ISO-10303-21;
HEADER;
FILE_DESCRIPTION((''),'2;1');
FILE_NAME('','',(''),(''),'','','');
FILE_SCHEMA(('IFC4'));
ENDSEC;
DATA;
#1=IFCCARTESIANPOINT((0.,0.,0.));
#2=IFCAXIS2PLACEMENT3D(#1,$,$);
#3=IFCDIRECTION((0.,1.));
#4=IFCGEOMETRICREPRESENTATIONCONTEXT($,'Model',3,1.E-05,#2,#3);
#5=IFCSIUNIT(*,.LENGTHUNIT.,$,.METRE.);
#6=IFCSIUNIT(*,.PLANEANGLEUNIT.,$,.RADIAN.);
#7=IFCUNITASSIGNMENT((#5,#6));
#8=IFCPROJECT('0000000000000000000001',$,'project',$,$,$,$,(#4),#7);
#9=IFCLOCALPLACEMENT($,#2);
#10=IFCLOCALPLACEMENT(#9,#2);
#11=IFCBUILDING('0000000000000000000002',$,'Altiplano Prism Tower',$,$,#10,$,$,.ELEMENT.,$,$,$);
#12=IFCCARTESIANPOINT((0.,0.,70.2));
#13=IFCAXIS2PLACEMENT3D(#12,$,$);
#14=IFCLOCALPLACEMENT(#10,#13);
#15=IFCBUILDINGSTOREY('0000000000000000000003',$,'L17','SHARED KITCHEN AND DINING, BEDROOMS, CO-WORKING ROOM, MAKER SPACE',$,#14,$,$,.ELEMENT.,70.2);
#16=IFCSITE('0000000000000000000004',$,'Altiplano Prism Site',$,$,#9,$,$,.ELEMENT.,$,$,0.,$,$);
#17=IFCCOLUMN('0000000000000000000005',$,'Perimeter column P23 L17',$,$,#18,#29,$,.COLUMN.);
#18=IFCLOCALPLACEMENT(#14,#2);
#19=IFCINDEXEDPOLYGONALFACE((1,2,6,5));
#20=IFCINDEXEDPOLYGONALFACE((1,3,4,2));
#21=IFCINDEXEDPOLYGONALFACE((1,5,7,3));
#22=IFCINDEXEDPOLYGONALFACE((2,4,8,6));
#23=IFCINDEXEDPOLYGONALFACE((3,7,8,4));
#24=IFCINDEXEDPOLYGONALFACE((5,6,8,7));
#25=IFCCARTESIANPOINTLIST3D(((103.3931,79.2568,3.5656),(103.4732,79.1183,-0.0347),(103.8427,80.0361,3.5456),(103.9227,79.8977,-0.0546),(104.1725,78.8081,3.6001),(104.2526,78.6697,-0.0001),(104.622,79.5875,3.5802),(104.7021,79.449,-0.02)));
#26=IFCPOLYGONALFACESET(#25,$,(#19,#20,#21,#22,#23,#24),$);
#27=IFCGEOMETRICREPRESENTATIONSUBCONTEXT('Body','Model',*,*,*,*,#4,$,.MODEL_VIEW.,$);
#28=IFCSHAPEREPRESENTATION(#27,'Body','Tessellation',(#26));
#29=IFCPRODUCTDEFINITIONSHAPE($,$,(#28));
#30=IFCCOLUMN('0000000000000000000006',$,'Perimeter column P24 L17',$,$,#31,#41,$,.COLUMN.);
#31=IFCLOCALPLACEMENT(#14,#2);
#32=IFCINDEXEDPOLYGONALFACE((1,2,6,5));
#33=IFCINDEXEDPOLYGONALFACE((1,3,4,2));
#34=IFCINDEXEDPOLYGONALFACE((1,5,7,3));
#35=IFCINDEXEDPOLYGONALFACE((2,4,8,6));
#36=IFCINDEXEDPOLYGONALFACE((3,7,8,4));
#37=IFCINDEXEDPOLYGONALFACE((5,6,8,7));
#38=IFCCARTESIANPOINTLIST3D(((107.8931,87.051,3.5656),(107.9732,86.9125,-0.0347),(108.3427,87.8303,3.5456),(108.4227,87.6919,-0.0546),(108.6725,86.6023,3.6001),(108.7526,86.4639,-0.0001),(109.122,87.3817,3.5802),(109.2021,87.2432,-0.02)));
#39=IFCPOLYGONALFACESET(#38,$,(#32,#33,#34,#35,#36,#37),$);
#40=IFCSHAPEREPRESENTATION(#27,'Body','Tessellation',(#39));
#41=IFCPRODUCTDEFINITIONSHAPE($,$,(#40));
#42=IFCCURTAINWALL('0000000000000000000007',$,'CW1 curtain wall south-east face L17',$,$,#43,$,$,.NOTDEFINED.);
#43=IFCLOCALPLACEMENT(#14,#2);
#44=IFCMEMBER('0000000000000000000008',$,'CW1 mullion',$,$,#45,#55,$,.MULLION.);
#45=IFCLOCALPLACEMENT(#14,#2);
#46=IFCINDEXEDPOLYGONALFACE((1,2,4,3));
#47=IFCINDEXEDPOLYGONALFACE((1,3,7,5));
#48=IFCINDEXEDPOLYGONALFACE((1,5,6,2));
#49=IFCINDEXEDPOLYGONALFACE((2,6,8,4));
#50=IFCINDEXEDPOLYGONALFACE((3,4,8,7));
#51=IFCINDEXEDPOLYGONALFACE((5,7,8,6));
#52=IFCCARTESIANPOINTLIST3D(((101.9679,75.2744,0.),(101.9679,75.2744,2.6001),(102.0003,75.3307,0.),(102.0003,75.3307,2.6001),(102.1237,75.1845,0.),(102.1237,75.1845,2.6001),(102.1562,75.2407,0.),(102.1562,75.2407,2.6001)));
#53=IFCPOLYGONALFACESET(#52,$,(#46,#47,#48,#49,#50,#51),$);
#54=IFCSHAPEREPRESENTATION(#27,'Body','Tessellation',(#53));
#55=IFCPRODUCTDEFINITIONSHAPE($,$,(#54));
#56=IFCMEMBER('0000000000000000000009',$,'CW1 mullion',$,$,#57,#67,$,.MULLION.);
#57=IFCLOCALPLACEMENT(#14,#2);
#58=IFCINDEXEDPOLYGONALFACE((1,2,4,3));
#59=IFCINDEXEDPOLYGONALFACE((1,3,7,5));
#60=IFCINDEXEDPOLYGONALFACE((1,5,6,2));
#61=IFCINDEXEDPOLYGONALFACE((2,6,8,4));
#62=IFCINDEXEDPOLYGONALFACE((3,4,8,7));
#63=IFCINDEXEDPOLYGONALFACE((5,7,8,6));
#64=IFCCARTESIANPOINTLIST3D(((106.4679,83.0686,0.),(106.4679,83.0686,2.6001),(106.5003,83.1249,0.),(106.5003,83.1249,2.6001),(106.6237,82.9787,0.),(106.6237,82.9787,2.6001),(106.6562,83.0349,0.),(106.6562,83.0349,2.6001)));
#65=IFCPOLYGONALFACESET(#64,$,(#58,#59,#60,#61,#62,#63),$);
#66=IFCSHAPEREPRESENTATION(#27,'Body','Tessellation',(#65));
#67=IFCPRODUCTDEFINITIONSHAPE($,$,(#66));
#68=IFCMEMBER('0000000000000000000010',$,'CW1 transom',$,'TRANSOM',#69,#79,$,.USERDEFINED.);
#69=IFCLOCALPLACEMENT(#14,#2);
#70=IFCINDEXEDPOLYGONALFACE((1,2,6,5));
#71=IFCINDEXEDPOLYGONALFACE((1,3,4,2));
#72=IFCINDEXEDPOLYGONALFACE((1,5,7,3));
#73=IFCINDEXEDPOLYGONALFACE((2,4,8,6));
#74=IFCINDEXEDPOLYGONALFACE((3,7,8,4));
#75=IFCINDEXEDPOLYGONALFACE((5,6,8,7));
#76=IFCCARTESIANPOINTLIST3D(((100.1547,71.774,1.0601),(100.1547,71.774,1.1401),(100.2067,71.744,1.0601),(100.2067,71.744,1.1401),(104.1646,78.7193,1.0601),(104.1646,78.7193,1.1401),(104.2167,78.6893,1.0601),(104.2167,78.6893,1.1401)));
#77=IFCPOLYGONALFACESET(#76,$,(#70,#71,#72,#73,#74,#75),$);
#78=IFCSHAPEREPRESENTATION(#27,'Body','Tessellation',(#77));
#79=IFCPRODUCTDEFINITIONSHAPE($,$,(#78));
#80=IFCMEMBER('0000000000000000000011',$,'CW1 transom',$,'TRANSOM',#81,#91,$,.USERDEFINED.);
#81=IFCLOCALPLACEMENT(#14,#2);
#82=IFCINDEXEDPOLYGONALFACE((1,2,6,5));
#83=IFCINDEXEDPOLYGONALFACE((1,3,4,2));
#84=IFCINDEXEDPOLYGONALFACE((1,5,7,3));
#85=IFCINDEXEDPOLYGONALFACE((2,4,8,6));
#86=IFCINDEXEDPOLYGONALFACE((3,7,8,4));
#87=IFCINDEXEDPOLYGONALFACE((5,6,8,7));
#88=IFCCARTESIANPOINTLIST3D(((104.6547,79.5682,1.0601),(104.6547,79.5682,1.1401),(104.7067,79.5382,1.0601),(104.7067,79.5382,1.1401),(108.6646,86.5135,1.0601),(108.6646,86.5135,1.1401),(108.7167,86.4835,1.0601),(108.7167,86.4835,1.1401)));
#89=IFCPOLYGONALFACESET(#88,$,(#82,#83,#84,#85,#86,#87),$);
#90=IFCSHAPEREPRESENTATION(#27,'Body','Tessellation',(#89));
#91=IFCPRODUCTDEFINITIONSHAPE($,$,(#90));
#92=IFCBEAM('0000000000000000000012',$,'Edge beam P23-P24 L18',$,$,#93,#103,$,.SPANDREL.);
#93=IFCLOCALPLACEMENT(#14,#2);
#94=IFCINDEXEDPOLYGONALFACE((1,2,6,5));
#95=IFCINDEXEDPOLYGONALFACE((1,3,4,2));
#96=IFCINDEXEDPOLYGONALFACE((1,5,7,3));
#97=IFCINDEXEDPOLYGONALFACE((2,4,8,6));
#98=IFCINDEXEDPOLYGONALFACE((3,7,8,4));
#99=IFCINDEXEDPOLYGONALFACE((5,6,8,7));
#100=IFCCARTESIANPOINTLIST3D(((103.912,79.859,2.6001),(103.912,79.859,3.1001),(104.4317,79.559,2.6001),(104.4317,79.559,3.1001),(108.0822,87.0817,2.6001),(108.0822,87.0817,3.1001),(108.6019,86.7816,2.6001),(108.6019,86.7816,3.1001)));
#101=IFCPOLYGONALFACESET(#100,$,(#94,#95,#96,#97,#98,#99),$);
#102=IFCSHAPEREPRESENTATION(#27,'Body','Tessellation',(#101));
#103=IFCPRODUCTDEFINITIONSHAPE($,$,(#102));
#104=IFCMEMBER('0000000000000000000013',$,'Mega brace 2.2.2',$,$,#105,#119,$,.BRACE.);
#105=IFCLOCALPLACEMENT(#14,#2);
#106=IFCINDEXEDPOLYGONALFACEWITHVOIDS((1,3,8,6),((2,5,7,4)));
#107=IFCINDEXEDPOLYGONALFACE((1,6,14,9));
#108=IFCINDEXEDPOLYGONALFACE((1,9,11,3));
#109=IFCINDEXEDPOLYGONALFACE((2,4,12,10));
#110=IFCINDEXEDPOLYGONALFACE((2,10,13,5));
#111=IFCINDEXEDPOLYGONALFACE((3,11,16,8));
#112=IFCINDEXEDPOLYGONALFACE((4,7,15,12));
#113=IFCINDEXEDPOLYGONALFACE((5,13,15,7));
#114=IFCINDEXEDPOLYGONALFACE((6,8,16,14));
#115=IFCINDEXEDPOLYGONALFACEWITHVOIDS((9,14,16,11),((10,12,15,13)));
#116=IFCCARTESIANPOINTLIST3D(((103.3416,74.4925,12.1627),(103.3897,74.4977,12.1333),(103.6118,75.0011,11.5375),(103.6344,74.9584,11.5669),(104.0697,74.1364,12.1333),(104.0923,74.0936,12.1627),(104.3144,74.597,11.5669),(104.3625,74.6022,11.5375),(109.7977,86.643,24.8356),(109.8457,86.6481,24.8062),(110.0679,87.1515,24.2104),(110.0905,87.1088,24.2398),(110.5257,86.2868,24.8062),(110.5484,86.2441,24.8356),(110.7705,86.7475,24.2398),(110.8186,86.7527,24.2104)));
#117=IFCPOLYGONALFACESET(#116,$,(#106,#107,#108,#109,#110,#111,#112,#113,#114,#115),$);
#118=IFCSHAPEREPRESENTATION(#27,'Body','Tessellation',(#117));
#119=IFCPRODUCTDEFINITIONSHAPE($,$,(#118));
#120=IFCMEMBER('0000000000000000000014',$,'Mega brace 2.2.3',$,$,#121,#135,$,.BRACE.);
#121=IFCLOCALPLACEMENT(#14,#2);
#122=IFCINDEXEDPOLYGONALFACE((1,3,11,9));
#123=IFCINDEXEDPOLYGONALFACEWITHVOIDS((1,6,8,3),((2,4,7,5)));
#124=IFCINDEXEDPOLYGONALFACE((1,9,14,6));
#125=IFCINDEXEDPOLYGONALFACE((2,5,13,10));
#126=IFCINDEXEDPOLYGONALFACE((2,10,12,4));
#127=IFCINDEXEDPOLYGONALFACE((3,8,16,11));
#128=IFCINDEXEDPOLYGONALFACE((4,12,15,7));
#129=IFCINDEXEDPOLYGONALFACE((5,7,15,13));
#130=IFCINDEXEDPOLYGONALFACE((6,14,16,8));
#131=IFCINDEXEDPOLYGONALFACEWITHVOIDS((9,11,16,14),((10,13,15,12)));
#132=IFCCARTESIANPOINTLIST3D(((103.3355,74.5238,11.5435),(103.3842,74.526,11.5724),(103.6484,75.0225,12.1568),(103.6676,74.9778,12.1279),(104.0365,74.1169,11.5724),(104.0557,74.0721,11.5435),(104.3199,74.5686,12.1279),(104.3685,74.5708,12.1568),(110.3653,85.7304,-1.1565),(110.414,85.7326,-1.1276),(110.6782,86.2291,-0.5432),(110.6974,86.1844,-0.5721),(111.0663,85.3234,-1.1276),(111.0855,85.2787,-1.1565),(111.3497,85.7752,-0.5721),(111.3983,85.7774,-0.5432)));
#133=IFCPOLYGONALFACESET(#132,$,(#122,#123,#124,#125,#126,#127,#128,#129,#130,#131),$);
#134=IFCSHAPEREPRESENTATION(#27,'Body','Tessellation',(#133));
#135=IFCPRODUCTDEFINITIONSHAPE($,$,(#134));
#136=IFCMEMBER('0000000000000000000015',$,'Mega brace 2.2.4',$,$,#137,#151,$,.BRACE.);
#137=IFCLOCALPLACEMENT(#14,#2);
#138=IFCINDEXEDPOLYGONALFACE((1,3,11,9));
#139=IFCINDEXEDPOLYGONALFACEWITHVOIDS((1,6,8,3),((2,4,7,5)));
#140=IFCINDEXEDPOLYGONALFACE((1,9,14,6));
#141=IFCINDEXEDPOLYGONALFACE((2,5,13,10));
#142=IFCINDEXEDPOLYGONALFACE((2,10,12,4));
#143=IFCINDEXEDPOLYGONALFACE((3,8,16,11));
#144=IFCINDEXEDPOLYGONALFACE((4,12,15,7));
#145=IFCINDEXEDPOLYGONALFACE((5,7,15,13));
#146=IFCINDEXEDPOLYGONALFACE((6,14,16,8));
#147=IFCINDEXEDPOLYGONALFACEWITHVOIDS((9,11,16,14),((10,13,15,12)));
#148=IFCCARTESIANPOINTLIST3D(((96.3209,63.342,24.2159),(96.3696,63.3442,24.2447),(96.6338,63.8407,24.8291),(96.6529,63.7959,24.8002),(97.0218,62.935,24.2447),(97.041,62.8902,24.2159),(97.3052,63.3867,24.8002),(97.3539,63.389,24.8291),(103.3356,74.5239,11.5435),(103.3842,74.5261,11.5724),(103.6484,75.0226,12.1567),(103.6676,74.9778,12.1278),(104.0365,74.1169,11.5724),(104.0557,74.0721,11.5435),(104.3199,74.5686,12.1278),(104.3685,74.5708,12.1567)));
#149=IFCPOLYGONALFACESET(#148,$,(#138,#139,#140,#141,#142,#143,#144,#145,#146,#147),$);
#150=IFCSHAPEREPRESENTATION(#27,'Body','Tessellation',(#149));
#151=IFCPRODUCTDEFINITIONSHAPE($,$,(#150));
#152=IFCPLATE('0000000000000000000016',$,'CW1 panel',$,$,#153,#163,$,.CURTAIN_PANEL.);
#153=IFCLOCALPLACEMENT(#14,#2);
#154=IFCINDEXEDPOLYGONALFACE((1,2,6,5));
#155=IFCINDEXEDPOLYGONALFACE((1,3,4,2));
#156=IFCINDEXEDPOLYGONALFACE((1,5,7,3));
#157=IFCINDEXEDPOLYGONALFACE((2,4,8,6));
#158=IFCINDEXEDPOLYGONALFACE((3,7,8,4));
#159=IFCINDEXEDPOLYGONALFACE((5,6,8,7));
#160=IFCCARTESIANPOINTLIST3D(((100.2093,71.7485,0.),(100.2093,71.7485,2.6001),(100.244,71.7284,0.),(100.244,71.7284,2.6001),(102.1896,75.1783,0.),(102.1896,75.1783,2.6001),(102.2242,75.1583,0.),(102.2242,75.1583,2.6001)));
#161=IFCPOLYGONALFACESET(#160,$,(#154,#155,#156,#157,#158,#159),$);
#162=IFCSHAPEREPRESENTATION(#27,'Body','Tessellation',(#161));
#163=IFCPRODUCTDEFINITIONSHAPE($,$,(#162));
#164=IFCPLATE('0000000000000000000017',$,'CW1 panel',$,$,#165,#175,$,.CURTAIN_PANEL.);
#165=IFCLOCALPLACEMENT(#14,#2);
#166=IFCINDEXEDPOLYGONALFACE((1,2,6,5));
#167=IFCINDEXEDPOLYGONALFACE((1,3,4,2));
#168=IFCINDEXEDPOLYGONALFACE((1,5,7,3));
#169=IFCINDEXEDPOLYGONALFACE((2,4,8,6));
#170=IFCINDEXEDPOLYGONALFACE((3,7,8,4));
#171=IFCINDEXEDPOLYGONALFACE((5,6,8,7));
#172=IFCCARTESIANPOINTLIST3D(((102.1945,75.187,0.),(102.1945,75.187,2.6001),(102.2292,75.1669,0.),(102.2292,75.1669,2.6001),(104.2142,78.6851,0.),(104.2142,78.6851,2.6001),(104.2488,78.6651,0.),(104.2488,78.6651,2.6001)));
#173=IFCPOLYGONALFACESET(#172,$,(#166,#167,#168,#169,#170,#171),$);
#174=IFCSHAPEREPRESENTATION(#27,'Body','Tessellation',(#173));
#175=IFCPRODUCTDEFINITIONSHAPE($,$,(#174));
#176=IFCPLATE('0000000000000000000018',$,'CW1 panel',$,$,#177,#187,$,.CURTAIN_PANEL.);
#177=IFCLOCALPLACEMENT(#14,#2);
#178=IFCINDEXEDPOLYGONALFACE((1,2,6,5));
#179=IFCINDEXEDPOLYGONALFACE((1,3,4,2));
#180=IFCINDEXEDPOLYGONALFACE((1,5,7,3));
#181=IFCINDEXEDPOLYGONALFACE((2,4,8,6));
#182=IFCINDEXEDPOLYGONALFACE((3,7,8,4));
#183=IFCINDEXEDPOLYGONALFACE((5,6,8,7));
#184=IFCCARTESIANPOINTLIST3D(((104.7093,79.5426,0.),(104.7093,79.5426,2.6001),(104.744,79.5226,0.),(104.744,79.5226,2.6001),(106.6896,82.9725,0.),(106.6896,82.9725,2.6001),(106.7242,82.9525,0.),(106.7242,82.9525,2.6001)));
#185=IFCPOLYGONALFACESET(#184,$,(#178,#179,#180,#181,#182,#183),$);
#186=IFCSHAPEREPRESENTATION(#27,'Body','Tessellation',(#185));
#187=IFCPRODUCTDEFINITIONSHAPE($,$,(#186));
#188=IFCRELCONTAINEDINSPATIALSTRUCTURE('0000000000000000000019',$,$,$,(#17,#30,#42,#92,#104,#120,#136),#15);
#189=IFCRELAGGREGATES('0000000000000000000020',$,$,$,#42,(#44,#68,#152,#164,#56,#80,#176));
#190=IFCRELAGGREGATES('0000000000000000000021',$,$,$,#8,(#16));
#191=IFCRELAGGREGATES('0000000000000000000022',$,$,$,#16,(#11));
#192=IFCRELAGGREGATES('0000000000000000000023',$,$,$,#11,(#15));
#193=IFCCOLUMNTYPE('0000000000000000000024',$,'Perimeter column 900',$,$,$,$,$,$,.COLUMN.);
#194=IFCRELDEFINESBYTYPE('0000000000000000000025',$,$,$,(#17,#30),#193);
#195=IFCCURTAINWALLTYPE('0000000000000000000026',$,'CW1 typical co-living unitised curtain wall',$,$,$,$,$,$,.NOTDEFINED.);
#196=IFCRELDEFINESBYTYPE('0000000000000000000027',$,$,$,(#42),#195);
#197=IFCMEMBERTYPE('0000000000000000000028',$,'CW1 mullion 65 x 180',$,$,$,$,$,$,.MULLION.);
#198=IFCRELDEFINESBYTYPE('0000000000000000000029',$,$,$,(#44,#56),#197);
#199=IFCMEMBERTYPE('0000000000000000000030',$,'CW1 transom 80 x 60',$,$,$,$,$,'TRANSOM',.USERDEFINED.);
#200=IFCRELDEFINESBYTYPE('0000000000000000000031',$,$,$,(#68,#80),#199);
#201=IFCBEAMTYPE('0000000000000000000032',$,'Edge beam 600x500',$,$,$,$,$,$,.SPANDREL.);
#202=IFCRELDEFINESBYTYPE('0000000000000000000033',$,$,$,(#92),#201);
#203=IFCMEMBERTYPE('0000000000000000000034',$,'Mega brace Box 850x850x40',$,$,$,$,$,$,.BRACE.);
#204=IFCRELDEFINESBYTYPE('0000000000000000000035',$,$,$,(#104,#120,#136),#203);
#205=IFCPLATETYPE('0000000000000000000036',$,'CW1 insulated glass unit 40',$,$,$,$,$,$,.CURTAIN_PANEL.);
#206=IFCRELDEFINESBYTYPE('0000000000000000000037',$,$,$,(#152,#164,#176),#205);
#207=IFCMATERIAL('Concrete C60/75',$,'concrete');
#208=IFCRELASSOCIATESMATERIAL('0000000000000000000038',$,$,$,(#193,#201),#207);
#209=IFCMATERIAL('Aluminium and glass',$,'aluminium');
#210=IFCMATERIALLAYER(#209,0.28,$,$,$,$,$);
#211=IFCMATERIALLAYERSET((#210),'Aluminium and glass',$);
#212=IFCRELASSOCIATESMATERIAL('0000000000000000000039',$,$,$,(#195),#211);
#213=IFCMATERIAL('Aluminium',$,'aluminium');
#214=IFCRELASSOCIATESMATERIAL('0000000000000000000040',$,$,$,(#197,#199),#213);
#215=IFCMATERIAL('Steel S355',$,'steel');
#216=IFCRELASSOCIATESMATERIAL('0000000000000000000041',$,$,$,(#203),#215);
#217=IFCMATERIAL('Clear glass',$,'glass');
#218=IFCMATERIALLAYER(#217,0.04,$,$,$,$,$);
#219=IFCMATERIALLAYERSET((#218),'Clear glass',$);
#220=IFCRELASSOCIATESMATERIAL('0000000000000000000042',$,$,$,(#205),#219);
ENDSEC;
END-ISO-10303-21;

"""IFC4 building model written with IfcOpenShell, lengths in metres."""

from ifc_helpers import new_model, si_unit, direction, frame, origin, origin_2d, place, context, subcontext, project, spatial, rectangle, hollow_rectangle, extrude, material, layer, layer_set, material_profile, profile_set, type_object, element, aggregate, save


model = new_model("IFC4")

# Units and contexts
model_context = context("Model", 3, precision=1e-05, world=origin(), true_north=direction((0.0, 1.0)))
body_context = subcontext(model_context, "Body", "Model", "MODEL_VIEW")
ifc_project = project(units=[si_unit("LENGTHUNIT", "METRE"), si_unit("PLANEANGLEUNIT", "RADIAN")], contexts=[model_context])

# Site, building, storey
site_placement = place(None, origin())
site = spatial("IfcSite", under=ifc_project, at=site_placement, Name="Altiplano Prism Site", CompositionType="ELEMENT", RefElevation=0.0)
building_placement = place(site_placement, origin())
building = spatial("IfcBuilding", under=site, at=building_placement, Name="Altiplano Prism Tower", CompositionType="ELEMENT")
storey_placement = place(building_placement, frame((0.0, 0.0, 70.2)))
storey = spatial("IfcBuildingStorey", under=building, at=storey_placement, Name="L17", Description="SHARED KITCHEN AND DINING, BEDROOMS, CO-WORKING ROOM, MAKER SPACE", CompositionType="ELEMENT", Elevation=70.2)

# Columns
ifc_material_1 = material(Name="Concrete C60/75", Category="concrete")
ifc_material_profile_1 = material_profile(ifc_material_1, rectangle(XDim=0.8999, YDim=0.8999, at=origin_2d()), Name="Perimeter column 900")
ifc_profile_set_1 = profile_set([ifc_material_profile_1], Name="Concrete C60/75")
column_type = type_object("IfcColumnType", Name="Perimeter column 900", PredefinedType="COLUMN", material=ifc_profile_set_1)
for number, where, z_axis, x_axis, name in (
    (1, (104.0876, 79.2837, -0.0273), (-0.022221, 0.038413, 0.999015), (-0.499508, -0.866025, 0.022189), "Perimeter column P23 L17"),
    (2, (108.5876, 87.0779, -0.0273), (-0.022221, 0.038413, 0.999015), (-0.499508, -0.866025, 0.022189), "Perimeter column P24 L17"),
):
    element("IfcColumn", number, at=place(storey_placement, frame(where, z_axis=z_axis, x_axis=x_axis)), inside=storey, type_object=column_type, Name=name, PredefinedType="COLUMN", context=body_context, shape_type="SweptSolid", body=[
        extrude(rectangle(XDim=0.8999, YDim=0.8999, at=origin_2d()), origin(), (0.0, 0.0, 1.0), 3.6038),
    ])

# Curtain wall, members
ifc_material_2 = material(Name="Aluminium and glass", Category="aluminium")
ifc_layer_1 = layer(ifc_material_2, 0.28)
ifc_layer_set_1 = layer_set([ifc_layer_1], Name="Aluminium and glass")
curtain_wall_type = type_object("IfcCurtainWallType", Name="CW1 typical co-living unitised curtain wall", PredefinedType="NOTDEFINED", material=ifc_layer_set_1)
curtain_wall_placement = place(storey_placement, origin())
curtain_wall = element("IfcCurtainWall", 3, at=curtain_wall_placement, inside=storey, type_object=curtain_wall_type, Name="CW1 curtain wall south-east face L17", PredefinedType="NOTDEFINED")
ifc_material_3 = material(Name="Aluminium", Category="aluminium")
ifc_material_profile_2 = material_profile(ifc_material_3, rectangle(XDim=0.1799, YDim=0.0649, at=origin_2d()), Name="CW1 mullion 65 x 180")
ifc_profile_set_2 = profile_set([ifc_material_profile_2], Name="Aluminium")
member_type_1 = type_object("IfcMemberType", Name="CW1 mullion 65 x 180", PredefinedType="MULLION", material=ifc_profile_set_2)
member_1_placement = place(storey_placement, frame((102.062, 75.2576, 0.0), z_axis=(0.0, 0.0, 1.0), x_axis=(-0.866025, 0.5, 0.0)))
member_1 = element("IfcMember", 4, at=member_1_placement, type_object=member_type_1, Name="CW1 mullion", PredefinedType="MULLION", context=body_context, shape_type="SweptSolid", body=[
    extrude(rectangle(XDim=0.1799, YDim=0.0649, at=origin_2d()), origin(), (0.0, 0.0, 1.0), 2.6001),
])
member_2_placement = place(storey_placement, frame((106.562, 83.0518, 0.0), z_axis=(0.0, 0.0, 1.0), x_axis=(-0.866025, 0.5, 0.0)))
member_2 = element("IfcMember", 5, at=member_2_placement, type_object=member_type_1, Name="CW1 mullion", PredefinedType="MULLION", context=body_context, shape_type="SweptSolid", body=[
    extrude(rectangle(XDim=0.1799, YDim=0.0649, at=origin_2d()), origin(), (0.0, 0.0, 1.0), 2.6001),
])
ifc_material_profile_3 = material_profile(ifc_material_3, rectangle(XDim=0.0601, YDim=0.0801, at=origin_2d()), Name="CW1 transom 80 x 60")
ifc_profile_set_3 = profile_set([ifc_material_profile_3], Name="Aluminium")
member_type_2 = type_object("IfcMemberType", Name="CW1 transom 80 x 60", ElementType="TRANSOM", PredefinedType="USERDEFINED", material=ifc_profile_set_3)
member_3_placement = place(storey_placement, frame((100.1807, 71.759, 1.1001), z_axis=(0.500012, 0.866018, 0.0), x_axis=(-0.866018, 0.500012, 0.0)))
member_3 = element("IfcMember", 6, at=member_3_placement, type_object=member_type_2, Name="CW1 transom", ObjectType="TRANSOM", PredefinedType="USERDEFINED", context=body_context, shape_type="SweptSolid", body=[
    extrude(rectangle(XDim=0.0601, YDim=0.0801, at=origin_2d()), origin(), (0.0, 0.0, 1.0), 8.0198),
])
member_4_placement = place(storey_placement, frame((104.6807, 79.5532, 1.1001), z_axis=(0.500012, 0.866018, 0.0), x_axis=(-0.866018, 0.500012, 0.0)))
member_4 = element("IfcMember", 7, at=member_4_placement, type_object=member_type_2, Name="CW1 transom", ObjectType="TRANSOM", PredefinedType="USERDEFINED", context=body_context, shape_type="SweptSolid", body=[
    extrude(rectangle(XDim=0.0601, YDim=0.0801, at=origin_2d()), origin(), (0.0, 0.0, 1.0), 8.0198),
])

# Beam
ifc_material_profile_4 = material_profile(ifc_material_1, rectangle(XDim=0.6001, YDim=0.5, at=origin_2d()), Name="Edge beam 600x500")
ifc_profile_set_4 = profile_set([ifc_material_profile_4], Name="Concrete C60/75")
beam_type = type_object("IfcBeamType", Name="Edge beam 600x500", PredefinedType="SPANDREL", material=ifc_profile_set_4)
beam_placement = place(storey_placement, frame((104.1719, 79.709, 2.8501), z_axis=(0.500015, 0.866017, 0.0), x_axis=(-0.866017, 0.500015, 0.0)))
element("IfcBeam", 8, at=beam_placement, inside=storey, type_object=beam_type, Name="Edge beam P23-P24 L18", PredefinedType="SPANDREL", context=body_context, shape_type="SweptSolid", body=[
    extrude(rectangle(XDim=0.6001, YDim=0.5, at=origin_2d()), origin(), (0.0, 0.0, 1.0), 8.3401),
])

# Members
ifc_material_4 = material(Name="Steel S355", Category="steel")
ifc_material_profile_5 = material_profile(ifc_material_4, hollow_rectangle(XDim=0.8501, YDim=0.8501, WallThickness=0.04, at=origin_2d()), Name="Mega brace Box 850x850x40")
ifc_profile_set_5 = profile_set([ifc_material_profile_5], Name="Steel S355")
member_type_3 = type_object("IfcMemberType", Name="Mega brace Box 850x850x40", PredefinedType="BRACE", material=ifc_profile_set_5)
member_5_placement = place(storey_placement, frame((103.8521, 74.5474, 11.8501), z_axis=(0.345133, 0.649546, 0.677476), x_axis=(-0.883081, 0.469221, 0.0)))
element("IfcMember", 9, at=member_5_placement, inside=storey, type_object=member_type_3, Name="Mega brace 2.2.2", PredefinedType="BRACE", context=body_context, shape_type="SweptSolid", body=[
    extrude(hollow_rectangle(XDim=0.8501, YDim=0.8501, WallThickness=0.04, at=origin_2d()), origin(), (0.0, 0.0, 1.0), 18.7061),
])
member_6_placement = place(storey_placement, frame((110.8818, 85.7539, -0.8499), z_axis=(-0.383339, -0.6111, 0.692537), x_axis=(0.847124, -0.531395, 0.0)))
element("IfcMember", 10, at=member_6_placement, inside=storey, type_object=member_type_3, Name="Mega brace 2.2.3", PredefinedType="BRACE", context=body_context, shape_type="SweptSolid", body=[
    extrude(hollow_rectangle(XDim=0.8501, YDim=0.8501, WallThickness=0.04, at=origin_2d()), origin(), (0.0, 0.0, 1.0), 18.3384),
])
member_7_placement = place(storey_placement, frame((103.8521, 74.5474, 11.8501), z_axis=(-0.383349, -0.611088, 0.692542), x_axis=(0.847113, -0.531413, 0.0)))
element("IfcMember", 11, at=member_7_placement, inside=storey, type_object=member_type_3, Name="Mega brace 2.2.4", PredefinedType="BRACE", context=body_context, shape_type="SweptSolid", body=[
    extrude(hollow_rectangle(XDim=0.8501, YDim=0.8501, WallThickness=0.04, at=origin_2d()), origin(), (0.0, 0.0, 1.0), 18.2983),
])

# Plates
ifc_material_5 = material(Name="Clear glass", Category="glass")
ifc_layer_2 = layer(ifc_material_5, 0.04)
ifc_layer_set_2 = layer_set([ifc_layer_2], Name="Clear glass")
plate_type = type_object("IfcPlateType", Name="CW1 insulated glass unit 40", PredefinedType="CURTAIN_PANEL", material=ifc_layer_set_2)
plate_1_placement = place(storey_placement, frame((101.2168, 73.4534, 0.0), z_axis=(0.0, 0.0, 1.0), x_axis=(0.5, 0.866025, 0.0)))
plate_1 = element("IfcPlate", 12, at=plate_1_placement, type_object=plate_type, Name="CW1 panel", PredefinedType="CURTAIN_PANEL", context=body_context, shape_type="SweptSolid", body=[
    extrude(rectangle(XDim=3.9604, YDim=0.04, at=origin_2d()), origin(), (0.0, 0.0, 1.0), 2.6001),
])
plate_2_placement = place(storey_placement, frame((103.2217, 76.926, 0.0), z_axis=(0.0, 0.0, 1.0), x_axis=(0.5, 0.866025, 0.0)))
plate_2 = element("IfcPlate", 13, at=plate_2_placement, type_object=plate_type, Name="CW1 panel", PredefinedType="CURTAIN_PANEL", context=body_context, shape_type="SweptSolid", body=[
    extrude(rectangle(XDim=4.0393, YDim=0.04, at=origin_2d()), origin(), (0.0, 0.0, 1.0), 2.6001),
])
plate_3_placement = place(storey_placement, frame((105.7168, 81.2476, 0.0), z_axis=(0.0, 0.0, 1.0), x_axis=(0.5, 0.866025, 0.0)))
plate_3 = element("IfcPlate", 14, at=plate_3_placement, type_object=plate_type, Name="CW1 panel", PredefinedType="CURTAIN_PANEL", context=body_context, shape_type="SweptSolid", body=[
    extrude(rectangle(XDim=3.9604, YDim=0.04, at=origin_2d()), origin(), (0.0, 0.0, 1.0), 2.6001),
])
aggregate(curtain_wall, [member_1, member_3, plate_1, plate_2, member_2, member_4, plate_3])

save(model, "model.ifc")
